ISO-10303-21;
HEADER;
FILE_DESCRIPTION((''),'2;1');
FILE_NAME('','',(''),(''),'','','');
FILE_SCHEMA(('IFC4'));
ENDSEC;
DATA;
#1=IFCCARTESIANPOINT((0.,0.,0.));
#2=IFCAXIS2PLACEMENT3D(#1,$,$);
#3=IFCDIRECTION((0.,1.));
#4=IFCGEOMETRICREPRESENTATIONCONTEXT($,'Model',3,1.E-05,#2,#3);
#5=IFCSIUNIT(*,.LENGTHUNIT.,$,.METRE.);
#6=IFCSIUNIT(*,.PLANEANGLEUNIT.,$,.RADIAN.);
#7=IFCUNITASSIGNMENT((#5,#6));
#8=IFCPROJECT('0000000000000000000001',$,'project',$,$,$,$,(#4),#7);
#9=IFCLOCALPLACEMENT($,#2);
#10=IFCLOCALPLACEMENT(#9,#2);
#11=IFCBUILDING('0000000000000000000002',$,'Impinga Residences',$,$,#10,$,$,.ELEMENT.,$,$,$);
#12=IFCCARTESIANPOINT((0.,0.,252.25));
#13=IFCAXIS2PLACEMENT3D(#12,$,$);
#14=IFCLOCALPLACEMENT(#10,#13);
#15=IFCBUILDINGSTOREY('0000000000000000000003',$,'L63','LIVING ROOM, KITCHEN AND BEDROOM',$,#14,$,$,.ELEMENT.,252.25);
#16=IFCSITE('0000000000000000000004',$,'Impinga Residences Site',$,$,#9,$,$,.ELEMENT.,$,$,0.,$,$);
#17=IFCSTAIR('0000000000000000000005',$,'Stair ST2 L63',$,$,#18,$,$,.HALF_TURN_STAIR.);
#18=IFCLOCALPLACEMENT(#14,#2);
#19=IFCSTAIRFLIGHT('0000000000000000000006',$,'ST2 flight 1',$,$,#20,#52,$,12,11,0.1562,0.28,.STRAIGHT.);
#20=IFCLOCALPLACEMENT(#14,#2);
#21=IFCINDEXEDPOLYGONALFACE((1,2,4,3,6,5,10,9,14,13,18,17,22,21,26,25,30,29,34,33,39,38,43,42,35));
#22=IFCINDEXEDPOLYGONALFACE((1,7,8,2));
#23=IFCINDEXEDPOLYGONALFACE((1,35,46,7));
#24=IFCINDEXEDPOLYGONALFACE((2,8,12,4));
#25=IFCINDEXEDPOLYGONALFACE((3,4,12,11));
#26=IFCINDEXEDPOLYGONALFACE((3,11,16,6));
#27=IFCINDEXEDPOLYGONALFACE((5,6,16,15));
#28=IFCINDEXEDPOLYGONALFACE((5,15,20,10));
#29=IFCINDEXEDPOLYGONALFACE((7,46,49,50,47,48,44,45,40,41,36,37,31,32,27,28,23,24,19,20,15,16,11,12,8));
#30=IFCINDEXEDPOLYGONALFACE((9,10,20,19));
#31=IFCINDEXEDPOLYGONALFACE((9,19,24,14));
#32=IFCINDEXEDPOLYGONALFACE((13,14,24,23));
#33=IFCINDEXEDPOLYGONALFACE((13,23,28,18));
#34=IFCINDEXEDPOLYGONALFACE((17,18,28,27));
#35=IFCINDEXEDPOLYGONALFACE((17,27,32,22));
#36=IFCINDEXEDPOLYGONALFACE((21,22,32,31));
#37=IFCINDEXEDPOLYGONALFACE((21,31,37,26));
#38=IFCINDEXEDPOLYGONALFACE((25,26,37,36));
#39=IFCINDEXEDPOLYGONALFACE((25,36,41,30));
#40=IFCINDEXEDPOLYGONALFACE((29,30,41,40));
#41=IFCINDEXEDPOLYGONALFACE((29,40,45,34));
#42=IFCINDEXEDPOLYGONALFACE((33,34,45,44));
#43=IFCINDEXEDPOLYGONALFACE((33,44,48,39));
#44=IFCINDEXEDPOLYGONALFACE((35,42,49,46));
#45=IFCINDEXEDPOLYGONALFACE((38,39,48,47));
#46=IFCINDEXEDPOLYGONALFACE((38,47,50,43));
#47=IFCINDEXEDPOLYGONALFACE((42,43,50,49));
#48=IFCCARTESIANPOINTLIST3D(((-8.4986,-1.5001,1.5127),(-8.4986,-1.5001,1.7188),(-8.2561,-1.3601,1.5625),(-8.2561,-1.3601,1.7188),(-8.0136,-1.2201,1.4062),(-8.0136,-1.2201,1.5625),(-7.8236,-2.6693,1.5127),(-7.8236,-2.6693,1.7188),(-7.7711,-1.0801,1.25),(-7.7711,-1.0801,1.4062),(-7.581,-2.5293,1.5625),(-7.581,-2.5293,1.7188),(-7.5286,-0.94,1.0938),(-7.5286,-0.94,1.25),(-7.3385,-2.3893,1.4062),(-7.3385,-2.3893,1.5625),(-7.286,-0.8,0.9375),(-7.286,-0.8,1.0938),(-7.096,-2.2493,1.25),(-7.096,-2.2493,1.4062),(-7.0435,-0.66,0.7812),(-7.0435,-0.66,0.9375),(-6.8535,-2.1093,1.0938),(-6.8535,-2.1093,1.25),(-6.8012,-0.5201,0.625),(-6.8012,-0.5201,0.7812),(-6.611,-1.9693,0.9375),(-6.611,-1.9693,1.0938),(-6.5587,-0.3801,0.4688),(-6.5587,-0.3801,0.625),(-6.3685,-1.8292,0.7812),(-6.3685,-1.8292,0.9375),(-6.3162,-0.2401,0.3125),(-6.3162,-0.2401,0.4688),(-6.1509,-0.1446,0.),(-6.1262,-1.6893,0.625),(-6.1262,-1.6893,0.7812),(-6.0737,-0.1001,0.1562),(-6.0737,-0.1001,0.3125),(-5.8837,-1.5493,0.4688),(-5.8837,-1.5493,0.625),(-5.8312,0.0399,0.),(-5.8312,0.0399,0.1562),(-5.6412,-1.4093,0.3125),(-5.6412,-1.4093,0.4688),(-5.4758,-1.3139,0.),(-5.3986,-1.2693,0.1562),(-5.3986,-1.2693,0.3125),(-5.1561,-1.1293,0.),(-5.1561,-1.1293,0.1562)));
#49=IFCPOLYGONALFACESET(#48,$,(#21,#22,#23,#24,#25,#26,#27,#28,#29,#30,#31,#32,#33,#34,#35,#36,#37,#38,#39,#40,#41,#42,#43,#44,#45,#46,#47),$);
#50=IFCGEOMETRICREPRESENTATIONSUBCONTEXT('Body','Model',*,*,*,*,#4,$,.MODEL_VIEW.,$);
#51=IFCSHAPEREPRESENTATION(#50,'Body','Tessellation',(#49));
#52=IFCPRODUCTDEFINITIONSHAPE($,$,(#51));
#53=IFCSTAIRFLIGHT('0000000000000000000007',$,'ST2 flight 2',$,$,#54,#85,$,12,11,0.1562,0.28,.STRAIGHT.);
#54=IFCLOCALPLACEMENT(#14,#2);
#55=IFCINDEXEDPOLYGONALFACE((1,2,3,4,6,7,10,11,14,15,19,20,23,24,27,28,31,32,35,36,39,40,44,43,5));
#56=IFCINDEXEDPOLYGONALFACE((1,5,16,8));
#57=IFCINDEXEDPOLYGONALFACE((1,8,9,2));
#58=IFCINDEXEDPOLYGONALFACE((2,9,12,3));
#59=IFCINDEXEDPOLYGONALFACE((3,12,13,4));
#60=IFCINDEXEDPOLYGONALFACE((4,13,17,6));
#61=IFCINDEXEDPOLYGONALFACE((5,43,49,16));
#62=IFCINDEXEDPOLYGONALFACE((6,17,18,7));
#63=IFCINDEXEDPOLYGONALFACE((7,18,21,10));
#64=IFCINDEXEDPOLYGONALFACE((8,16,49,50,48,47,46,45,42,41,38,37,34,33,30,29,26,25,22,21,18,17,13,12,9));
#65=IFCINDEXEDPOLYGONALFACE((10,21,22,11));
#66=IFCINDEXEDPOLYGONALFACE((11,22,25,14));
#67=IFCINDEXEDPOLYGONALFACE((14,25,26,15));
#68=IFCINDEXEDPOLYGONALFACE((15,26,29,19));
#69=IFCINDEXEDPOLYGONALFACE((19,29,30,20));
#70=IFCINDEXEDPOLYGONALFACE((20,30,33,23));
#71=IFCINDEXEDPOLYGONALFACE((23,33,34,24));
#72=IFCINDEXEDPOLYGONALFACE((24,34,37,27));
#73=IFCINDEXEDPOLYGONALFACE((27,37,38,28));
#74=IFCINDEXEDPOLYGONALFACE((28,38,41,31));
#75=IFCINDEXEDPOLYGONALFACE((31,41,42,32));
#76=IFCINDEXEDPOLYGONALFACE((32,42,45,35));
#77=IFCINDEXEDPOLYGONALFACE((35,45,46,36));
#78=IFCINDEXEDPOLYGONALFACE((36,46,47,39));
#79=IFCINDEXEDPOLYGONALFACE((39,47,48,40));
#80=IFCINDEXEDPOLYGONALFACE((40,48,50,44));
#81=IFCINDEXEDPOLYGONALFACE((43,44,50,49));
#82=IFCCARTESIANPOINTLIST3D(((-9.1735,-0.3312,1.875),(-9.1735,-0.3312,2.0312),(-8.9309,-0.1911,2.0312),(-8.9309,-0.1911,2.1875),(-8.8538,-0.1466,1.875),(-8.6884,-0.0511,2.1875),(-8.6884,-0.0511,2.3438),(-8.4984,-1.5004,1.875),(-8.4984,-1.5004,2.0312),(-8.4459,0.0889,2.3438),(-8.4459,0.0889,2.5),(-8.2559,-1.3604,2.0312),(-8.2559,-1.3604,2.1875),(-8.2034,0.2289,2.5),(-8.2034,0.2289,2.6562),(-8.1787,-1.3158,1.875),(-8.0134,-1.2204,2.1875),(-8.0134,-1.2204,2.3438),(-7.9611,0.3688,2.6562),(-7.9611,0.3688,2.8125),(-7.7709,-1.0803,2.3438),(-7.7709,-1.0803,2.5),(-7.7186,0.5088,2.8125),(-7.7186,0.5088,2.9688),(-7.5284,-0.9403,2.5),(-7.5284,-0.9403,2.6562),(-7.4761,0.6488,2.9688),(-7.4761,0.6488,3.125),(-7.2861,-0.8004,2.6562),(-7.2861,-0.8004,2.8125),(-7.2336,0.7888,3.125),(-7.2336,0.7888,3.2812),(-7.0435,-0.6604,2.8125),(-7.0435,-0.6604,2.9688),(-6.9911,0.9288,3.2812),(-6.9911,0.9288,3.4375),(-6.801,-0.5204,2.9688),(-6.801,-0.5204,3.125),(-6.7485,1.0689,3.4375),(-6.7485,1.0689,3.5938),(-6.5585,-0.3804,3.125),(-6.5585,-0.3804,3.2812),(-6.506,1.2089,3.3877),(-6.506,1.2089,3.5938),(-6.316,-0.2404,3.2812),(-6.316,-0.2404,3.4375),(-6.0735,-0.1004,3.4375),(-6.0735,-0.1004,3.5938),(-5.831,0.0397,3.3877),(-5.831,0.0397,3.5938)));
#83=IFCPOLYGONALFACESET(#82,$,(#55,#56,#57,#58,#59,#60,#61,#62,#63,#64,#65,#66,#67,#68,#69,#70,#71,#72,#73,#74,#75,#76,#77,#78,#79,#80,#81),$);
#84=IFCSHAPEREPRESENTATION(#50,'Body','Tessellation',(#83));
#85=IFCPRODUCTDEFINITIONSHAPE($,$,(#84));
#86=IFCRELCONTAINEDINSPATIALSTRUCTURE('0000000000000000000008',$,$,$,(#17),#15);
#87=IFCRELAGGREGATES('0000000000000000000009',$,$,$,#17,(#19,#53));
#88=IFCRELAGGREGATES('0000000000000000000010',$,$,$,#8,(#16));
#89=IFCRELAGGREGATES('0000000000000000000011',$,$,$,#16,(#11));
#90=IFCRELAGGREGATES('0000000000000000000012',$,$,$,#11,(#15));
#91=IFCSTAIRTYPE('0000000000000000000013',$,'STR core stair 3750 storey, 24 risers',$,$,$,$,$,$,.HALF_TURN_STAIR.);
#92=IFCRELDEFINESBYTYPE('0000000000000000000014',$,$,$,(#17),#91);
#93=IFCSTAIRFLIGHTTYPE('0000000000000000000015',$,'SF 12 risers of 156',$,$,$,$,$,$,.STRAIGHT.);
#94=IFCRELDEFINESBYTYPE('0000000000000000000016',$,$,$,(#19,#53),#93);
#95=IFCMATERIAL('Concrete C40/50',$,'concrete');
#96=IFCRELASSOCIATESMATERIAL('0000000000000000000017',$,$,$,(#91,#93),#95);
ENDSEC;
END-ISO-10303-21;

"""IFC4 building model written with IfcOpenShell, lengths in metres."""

from ifc_helpers import new_model, si_unit, direction, frame, origin, place, context, subcontext, project, spatial, polyline, outline, extrude, material, type_object, element, aggregate, save


model = new_model("IFC4")

# Units and contexts
model_context = context("Model", 3, precision=1e-05, world=origin(), true_north=direction((0.0, 1.0)))
body_context = subcontext(model_context, "Body", "Model", "MODEL_VIEW")
ifc_project = project(units=[si_unit("LENGTHUNIT", "METRE"), si_unit("PLANEANGLEUNIT", "RADIAN")], contexts=[model_context])

# Site, building, storey
site_placement = place(None, origin())
site = spatial("IfcSite", under=ifc_project, at=site_placement, Name="Impinga Residences Site", CompositionType="ELEMENT", RefElevation=0.0)
building_placement = place(site_placement, origin())
building = spatial("IfcBuilding", under=site, at=building_placement, Name="Impinga Residences", CompositionType="ELEMENT")
storey_placement = place(building_placement, frame((0.0, 0.0, 252.25)))
storey = spatial("IfcBuildingStorey", under=building, at=storey_placement, Name="L63", Description="LIVING ROOM, KITCHEN AND BEDROOM", CompositionType="ELEMENT", Elevation=252.25)

# Stair, stair flights
ifc_material_1 = material(Name="Concrete C40/50", Category="concrete")
stair_type = type_object("IfcStairType", Name="STR core stair 3750 storey, 24 risers", PredefinedType="HALF_TURN_STAIR", material=ifc_material_1)
stair_placement = place(storey_placement, origin())
stair = element("IfcStair", 1, at=stair_placement, inside=storey, type_object=stair_type, Name="Stair ST2 L63", PredefinedType="HALF_TURN_STAIR")
stair_flight_type = type_object("IfcStairFlightType", Name="SF 12 risers of 156", PredefinedType="STRAIGHT", material=ifc_material_1)
stair_flight_1_placement = place(storey_placement, frame((-5.4937, -0.5447, 0.0), z_axis=(0.0, 0.0, 1.0), x_axis=(-0.866025, -0.5, 0.0)))
stair_flight_1 = element("IfcStairFlight", 2, at=stair_flight_1_placement, type_object=stair_flight_type, Name="ST2 flight 1", NumberOfRisers=12, NumberOfTreads=11, PredefinedType="STRAIGHT", RiserHeight=0.1562, TreadLength=0.28, context=body_context, shape_type="SweptSolid", body=[
    extrude(outline(polyline([(0.0, 0.0), (0.0, 0.1562), (0.28, 0.1562), (0.28, 0.3125), (0.5601, 0.3125), (0.5601, 0.4688), (0.8401, 0.4688), (0.8401, 0.625), (1.1201, 0.625), (1.1201, 0.7812), (1.3999, 0.7812), (1.3999, 0.9375), (1.6799, 0.9375), (1.6799, 1.0938), (1.96, 1.0938), (1.96, 1.25), (2.24, 1.25), (2.24, 1.4062), (2.52, 1.4062), (2.52, 1.5625), (2.8, 1.5625), (2.8, 1.7188), (3.0801, 1.7188), (3.0801, 1.875), (3.0801, 1.5127), (0.3691, 0.0), (0.0, 0.0)])), frame((0.0, 0.675, 0.0), z_axis=(0.0, -1.0, 0.0), x_axis=(1.0, 0.0, 0.0)), (0.0, 0.0, 1.0), 1.3501),
])
stair_flight_2_placement = place(storey_placement, frame((-8.8359, -0.9158, 1.875), z_axis=(0.0, 0.0, 1.0), x_axis=(0.866025, 0.5, 0.0)))
stair_flight_2 = element("IfcStairFlight", 3, at=stair_flight_2_placement, type_object=stair_flight_type, Name="ST2 flight 2", NumberOfRisers=12, NumberOfTreads=11, PredefinedType="STRAIGHT", RiserHeight=0.1562, TreadLength=0.28, context=body_context, shape_type="SweptSolid", body=[
    extrude(outline(polyline([(0.0, 0.0), (0.0, 0.1562), (0.28, 0.1562), (0.28, 0.3125), (0.5601, 0.3125), (0.5601, 0.4688), (0.8401, 0.4688), (0.8401, 0.625), (1.1201, 0.625), (1.1201, 0.7812), (1.3999, 0.7812), (1.3999, 0.9375), (1.6799, 0.9375), (1.6799, 1.0938), (1.96, 1.0938), (1.96, 1.25), (2.24, 1.25), (2.24, 1.4062), (2.52, 1.4062), (2.52, 1.5625), (2.8, 1.5625), (2.8, 1.7188), (3.0801, 1.7188), (3.0801, 1.875), (3.0801, 1.5127), (0.3691, 0.0), (0.0, 0.0)])), frame((0.0, 0.675, 0.0), z_axis=(0.0, -1.0, 0.0), x_axis=(1.0, 0.0, 0.0)), (0.0, 0.0, 1.0), 1.3501),
])
aggregate(stair, [stair_flight_1, stair_flight_2])

save(model, "model.ifc")
